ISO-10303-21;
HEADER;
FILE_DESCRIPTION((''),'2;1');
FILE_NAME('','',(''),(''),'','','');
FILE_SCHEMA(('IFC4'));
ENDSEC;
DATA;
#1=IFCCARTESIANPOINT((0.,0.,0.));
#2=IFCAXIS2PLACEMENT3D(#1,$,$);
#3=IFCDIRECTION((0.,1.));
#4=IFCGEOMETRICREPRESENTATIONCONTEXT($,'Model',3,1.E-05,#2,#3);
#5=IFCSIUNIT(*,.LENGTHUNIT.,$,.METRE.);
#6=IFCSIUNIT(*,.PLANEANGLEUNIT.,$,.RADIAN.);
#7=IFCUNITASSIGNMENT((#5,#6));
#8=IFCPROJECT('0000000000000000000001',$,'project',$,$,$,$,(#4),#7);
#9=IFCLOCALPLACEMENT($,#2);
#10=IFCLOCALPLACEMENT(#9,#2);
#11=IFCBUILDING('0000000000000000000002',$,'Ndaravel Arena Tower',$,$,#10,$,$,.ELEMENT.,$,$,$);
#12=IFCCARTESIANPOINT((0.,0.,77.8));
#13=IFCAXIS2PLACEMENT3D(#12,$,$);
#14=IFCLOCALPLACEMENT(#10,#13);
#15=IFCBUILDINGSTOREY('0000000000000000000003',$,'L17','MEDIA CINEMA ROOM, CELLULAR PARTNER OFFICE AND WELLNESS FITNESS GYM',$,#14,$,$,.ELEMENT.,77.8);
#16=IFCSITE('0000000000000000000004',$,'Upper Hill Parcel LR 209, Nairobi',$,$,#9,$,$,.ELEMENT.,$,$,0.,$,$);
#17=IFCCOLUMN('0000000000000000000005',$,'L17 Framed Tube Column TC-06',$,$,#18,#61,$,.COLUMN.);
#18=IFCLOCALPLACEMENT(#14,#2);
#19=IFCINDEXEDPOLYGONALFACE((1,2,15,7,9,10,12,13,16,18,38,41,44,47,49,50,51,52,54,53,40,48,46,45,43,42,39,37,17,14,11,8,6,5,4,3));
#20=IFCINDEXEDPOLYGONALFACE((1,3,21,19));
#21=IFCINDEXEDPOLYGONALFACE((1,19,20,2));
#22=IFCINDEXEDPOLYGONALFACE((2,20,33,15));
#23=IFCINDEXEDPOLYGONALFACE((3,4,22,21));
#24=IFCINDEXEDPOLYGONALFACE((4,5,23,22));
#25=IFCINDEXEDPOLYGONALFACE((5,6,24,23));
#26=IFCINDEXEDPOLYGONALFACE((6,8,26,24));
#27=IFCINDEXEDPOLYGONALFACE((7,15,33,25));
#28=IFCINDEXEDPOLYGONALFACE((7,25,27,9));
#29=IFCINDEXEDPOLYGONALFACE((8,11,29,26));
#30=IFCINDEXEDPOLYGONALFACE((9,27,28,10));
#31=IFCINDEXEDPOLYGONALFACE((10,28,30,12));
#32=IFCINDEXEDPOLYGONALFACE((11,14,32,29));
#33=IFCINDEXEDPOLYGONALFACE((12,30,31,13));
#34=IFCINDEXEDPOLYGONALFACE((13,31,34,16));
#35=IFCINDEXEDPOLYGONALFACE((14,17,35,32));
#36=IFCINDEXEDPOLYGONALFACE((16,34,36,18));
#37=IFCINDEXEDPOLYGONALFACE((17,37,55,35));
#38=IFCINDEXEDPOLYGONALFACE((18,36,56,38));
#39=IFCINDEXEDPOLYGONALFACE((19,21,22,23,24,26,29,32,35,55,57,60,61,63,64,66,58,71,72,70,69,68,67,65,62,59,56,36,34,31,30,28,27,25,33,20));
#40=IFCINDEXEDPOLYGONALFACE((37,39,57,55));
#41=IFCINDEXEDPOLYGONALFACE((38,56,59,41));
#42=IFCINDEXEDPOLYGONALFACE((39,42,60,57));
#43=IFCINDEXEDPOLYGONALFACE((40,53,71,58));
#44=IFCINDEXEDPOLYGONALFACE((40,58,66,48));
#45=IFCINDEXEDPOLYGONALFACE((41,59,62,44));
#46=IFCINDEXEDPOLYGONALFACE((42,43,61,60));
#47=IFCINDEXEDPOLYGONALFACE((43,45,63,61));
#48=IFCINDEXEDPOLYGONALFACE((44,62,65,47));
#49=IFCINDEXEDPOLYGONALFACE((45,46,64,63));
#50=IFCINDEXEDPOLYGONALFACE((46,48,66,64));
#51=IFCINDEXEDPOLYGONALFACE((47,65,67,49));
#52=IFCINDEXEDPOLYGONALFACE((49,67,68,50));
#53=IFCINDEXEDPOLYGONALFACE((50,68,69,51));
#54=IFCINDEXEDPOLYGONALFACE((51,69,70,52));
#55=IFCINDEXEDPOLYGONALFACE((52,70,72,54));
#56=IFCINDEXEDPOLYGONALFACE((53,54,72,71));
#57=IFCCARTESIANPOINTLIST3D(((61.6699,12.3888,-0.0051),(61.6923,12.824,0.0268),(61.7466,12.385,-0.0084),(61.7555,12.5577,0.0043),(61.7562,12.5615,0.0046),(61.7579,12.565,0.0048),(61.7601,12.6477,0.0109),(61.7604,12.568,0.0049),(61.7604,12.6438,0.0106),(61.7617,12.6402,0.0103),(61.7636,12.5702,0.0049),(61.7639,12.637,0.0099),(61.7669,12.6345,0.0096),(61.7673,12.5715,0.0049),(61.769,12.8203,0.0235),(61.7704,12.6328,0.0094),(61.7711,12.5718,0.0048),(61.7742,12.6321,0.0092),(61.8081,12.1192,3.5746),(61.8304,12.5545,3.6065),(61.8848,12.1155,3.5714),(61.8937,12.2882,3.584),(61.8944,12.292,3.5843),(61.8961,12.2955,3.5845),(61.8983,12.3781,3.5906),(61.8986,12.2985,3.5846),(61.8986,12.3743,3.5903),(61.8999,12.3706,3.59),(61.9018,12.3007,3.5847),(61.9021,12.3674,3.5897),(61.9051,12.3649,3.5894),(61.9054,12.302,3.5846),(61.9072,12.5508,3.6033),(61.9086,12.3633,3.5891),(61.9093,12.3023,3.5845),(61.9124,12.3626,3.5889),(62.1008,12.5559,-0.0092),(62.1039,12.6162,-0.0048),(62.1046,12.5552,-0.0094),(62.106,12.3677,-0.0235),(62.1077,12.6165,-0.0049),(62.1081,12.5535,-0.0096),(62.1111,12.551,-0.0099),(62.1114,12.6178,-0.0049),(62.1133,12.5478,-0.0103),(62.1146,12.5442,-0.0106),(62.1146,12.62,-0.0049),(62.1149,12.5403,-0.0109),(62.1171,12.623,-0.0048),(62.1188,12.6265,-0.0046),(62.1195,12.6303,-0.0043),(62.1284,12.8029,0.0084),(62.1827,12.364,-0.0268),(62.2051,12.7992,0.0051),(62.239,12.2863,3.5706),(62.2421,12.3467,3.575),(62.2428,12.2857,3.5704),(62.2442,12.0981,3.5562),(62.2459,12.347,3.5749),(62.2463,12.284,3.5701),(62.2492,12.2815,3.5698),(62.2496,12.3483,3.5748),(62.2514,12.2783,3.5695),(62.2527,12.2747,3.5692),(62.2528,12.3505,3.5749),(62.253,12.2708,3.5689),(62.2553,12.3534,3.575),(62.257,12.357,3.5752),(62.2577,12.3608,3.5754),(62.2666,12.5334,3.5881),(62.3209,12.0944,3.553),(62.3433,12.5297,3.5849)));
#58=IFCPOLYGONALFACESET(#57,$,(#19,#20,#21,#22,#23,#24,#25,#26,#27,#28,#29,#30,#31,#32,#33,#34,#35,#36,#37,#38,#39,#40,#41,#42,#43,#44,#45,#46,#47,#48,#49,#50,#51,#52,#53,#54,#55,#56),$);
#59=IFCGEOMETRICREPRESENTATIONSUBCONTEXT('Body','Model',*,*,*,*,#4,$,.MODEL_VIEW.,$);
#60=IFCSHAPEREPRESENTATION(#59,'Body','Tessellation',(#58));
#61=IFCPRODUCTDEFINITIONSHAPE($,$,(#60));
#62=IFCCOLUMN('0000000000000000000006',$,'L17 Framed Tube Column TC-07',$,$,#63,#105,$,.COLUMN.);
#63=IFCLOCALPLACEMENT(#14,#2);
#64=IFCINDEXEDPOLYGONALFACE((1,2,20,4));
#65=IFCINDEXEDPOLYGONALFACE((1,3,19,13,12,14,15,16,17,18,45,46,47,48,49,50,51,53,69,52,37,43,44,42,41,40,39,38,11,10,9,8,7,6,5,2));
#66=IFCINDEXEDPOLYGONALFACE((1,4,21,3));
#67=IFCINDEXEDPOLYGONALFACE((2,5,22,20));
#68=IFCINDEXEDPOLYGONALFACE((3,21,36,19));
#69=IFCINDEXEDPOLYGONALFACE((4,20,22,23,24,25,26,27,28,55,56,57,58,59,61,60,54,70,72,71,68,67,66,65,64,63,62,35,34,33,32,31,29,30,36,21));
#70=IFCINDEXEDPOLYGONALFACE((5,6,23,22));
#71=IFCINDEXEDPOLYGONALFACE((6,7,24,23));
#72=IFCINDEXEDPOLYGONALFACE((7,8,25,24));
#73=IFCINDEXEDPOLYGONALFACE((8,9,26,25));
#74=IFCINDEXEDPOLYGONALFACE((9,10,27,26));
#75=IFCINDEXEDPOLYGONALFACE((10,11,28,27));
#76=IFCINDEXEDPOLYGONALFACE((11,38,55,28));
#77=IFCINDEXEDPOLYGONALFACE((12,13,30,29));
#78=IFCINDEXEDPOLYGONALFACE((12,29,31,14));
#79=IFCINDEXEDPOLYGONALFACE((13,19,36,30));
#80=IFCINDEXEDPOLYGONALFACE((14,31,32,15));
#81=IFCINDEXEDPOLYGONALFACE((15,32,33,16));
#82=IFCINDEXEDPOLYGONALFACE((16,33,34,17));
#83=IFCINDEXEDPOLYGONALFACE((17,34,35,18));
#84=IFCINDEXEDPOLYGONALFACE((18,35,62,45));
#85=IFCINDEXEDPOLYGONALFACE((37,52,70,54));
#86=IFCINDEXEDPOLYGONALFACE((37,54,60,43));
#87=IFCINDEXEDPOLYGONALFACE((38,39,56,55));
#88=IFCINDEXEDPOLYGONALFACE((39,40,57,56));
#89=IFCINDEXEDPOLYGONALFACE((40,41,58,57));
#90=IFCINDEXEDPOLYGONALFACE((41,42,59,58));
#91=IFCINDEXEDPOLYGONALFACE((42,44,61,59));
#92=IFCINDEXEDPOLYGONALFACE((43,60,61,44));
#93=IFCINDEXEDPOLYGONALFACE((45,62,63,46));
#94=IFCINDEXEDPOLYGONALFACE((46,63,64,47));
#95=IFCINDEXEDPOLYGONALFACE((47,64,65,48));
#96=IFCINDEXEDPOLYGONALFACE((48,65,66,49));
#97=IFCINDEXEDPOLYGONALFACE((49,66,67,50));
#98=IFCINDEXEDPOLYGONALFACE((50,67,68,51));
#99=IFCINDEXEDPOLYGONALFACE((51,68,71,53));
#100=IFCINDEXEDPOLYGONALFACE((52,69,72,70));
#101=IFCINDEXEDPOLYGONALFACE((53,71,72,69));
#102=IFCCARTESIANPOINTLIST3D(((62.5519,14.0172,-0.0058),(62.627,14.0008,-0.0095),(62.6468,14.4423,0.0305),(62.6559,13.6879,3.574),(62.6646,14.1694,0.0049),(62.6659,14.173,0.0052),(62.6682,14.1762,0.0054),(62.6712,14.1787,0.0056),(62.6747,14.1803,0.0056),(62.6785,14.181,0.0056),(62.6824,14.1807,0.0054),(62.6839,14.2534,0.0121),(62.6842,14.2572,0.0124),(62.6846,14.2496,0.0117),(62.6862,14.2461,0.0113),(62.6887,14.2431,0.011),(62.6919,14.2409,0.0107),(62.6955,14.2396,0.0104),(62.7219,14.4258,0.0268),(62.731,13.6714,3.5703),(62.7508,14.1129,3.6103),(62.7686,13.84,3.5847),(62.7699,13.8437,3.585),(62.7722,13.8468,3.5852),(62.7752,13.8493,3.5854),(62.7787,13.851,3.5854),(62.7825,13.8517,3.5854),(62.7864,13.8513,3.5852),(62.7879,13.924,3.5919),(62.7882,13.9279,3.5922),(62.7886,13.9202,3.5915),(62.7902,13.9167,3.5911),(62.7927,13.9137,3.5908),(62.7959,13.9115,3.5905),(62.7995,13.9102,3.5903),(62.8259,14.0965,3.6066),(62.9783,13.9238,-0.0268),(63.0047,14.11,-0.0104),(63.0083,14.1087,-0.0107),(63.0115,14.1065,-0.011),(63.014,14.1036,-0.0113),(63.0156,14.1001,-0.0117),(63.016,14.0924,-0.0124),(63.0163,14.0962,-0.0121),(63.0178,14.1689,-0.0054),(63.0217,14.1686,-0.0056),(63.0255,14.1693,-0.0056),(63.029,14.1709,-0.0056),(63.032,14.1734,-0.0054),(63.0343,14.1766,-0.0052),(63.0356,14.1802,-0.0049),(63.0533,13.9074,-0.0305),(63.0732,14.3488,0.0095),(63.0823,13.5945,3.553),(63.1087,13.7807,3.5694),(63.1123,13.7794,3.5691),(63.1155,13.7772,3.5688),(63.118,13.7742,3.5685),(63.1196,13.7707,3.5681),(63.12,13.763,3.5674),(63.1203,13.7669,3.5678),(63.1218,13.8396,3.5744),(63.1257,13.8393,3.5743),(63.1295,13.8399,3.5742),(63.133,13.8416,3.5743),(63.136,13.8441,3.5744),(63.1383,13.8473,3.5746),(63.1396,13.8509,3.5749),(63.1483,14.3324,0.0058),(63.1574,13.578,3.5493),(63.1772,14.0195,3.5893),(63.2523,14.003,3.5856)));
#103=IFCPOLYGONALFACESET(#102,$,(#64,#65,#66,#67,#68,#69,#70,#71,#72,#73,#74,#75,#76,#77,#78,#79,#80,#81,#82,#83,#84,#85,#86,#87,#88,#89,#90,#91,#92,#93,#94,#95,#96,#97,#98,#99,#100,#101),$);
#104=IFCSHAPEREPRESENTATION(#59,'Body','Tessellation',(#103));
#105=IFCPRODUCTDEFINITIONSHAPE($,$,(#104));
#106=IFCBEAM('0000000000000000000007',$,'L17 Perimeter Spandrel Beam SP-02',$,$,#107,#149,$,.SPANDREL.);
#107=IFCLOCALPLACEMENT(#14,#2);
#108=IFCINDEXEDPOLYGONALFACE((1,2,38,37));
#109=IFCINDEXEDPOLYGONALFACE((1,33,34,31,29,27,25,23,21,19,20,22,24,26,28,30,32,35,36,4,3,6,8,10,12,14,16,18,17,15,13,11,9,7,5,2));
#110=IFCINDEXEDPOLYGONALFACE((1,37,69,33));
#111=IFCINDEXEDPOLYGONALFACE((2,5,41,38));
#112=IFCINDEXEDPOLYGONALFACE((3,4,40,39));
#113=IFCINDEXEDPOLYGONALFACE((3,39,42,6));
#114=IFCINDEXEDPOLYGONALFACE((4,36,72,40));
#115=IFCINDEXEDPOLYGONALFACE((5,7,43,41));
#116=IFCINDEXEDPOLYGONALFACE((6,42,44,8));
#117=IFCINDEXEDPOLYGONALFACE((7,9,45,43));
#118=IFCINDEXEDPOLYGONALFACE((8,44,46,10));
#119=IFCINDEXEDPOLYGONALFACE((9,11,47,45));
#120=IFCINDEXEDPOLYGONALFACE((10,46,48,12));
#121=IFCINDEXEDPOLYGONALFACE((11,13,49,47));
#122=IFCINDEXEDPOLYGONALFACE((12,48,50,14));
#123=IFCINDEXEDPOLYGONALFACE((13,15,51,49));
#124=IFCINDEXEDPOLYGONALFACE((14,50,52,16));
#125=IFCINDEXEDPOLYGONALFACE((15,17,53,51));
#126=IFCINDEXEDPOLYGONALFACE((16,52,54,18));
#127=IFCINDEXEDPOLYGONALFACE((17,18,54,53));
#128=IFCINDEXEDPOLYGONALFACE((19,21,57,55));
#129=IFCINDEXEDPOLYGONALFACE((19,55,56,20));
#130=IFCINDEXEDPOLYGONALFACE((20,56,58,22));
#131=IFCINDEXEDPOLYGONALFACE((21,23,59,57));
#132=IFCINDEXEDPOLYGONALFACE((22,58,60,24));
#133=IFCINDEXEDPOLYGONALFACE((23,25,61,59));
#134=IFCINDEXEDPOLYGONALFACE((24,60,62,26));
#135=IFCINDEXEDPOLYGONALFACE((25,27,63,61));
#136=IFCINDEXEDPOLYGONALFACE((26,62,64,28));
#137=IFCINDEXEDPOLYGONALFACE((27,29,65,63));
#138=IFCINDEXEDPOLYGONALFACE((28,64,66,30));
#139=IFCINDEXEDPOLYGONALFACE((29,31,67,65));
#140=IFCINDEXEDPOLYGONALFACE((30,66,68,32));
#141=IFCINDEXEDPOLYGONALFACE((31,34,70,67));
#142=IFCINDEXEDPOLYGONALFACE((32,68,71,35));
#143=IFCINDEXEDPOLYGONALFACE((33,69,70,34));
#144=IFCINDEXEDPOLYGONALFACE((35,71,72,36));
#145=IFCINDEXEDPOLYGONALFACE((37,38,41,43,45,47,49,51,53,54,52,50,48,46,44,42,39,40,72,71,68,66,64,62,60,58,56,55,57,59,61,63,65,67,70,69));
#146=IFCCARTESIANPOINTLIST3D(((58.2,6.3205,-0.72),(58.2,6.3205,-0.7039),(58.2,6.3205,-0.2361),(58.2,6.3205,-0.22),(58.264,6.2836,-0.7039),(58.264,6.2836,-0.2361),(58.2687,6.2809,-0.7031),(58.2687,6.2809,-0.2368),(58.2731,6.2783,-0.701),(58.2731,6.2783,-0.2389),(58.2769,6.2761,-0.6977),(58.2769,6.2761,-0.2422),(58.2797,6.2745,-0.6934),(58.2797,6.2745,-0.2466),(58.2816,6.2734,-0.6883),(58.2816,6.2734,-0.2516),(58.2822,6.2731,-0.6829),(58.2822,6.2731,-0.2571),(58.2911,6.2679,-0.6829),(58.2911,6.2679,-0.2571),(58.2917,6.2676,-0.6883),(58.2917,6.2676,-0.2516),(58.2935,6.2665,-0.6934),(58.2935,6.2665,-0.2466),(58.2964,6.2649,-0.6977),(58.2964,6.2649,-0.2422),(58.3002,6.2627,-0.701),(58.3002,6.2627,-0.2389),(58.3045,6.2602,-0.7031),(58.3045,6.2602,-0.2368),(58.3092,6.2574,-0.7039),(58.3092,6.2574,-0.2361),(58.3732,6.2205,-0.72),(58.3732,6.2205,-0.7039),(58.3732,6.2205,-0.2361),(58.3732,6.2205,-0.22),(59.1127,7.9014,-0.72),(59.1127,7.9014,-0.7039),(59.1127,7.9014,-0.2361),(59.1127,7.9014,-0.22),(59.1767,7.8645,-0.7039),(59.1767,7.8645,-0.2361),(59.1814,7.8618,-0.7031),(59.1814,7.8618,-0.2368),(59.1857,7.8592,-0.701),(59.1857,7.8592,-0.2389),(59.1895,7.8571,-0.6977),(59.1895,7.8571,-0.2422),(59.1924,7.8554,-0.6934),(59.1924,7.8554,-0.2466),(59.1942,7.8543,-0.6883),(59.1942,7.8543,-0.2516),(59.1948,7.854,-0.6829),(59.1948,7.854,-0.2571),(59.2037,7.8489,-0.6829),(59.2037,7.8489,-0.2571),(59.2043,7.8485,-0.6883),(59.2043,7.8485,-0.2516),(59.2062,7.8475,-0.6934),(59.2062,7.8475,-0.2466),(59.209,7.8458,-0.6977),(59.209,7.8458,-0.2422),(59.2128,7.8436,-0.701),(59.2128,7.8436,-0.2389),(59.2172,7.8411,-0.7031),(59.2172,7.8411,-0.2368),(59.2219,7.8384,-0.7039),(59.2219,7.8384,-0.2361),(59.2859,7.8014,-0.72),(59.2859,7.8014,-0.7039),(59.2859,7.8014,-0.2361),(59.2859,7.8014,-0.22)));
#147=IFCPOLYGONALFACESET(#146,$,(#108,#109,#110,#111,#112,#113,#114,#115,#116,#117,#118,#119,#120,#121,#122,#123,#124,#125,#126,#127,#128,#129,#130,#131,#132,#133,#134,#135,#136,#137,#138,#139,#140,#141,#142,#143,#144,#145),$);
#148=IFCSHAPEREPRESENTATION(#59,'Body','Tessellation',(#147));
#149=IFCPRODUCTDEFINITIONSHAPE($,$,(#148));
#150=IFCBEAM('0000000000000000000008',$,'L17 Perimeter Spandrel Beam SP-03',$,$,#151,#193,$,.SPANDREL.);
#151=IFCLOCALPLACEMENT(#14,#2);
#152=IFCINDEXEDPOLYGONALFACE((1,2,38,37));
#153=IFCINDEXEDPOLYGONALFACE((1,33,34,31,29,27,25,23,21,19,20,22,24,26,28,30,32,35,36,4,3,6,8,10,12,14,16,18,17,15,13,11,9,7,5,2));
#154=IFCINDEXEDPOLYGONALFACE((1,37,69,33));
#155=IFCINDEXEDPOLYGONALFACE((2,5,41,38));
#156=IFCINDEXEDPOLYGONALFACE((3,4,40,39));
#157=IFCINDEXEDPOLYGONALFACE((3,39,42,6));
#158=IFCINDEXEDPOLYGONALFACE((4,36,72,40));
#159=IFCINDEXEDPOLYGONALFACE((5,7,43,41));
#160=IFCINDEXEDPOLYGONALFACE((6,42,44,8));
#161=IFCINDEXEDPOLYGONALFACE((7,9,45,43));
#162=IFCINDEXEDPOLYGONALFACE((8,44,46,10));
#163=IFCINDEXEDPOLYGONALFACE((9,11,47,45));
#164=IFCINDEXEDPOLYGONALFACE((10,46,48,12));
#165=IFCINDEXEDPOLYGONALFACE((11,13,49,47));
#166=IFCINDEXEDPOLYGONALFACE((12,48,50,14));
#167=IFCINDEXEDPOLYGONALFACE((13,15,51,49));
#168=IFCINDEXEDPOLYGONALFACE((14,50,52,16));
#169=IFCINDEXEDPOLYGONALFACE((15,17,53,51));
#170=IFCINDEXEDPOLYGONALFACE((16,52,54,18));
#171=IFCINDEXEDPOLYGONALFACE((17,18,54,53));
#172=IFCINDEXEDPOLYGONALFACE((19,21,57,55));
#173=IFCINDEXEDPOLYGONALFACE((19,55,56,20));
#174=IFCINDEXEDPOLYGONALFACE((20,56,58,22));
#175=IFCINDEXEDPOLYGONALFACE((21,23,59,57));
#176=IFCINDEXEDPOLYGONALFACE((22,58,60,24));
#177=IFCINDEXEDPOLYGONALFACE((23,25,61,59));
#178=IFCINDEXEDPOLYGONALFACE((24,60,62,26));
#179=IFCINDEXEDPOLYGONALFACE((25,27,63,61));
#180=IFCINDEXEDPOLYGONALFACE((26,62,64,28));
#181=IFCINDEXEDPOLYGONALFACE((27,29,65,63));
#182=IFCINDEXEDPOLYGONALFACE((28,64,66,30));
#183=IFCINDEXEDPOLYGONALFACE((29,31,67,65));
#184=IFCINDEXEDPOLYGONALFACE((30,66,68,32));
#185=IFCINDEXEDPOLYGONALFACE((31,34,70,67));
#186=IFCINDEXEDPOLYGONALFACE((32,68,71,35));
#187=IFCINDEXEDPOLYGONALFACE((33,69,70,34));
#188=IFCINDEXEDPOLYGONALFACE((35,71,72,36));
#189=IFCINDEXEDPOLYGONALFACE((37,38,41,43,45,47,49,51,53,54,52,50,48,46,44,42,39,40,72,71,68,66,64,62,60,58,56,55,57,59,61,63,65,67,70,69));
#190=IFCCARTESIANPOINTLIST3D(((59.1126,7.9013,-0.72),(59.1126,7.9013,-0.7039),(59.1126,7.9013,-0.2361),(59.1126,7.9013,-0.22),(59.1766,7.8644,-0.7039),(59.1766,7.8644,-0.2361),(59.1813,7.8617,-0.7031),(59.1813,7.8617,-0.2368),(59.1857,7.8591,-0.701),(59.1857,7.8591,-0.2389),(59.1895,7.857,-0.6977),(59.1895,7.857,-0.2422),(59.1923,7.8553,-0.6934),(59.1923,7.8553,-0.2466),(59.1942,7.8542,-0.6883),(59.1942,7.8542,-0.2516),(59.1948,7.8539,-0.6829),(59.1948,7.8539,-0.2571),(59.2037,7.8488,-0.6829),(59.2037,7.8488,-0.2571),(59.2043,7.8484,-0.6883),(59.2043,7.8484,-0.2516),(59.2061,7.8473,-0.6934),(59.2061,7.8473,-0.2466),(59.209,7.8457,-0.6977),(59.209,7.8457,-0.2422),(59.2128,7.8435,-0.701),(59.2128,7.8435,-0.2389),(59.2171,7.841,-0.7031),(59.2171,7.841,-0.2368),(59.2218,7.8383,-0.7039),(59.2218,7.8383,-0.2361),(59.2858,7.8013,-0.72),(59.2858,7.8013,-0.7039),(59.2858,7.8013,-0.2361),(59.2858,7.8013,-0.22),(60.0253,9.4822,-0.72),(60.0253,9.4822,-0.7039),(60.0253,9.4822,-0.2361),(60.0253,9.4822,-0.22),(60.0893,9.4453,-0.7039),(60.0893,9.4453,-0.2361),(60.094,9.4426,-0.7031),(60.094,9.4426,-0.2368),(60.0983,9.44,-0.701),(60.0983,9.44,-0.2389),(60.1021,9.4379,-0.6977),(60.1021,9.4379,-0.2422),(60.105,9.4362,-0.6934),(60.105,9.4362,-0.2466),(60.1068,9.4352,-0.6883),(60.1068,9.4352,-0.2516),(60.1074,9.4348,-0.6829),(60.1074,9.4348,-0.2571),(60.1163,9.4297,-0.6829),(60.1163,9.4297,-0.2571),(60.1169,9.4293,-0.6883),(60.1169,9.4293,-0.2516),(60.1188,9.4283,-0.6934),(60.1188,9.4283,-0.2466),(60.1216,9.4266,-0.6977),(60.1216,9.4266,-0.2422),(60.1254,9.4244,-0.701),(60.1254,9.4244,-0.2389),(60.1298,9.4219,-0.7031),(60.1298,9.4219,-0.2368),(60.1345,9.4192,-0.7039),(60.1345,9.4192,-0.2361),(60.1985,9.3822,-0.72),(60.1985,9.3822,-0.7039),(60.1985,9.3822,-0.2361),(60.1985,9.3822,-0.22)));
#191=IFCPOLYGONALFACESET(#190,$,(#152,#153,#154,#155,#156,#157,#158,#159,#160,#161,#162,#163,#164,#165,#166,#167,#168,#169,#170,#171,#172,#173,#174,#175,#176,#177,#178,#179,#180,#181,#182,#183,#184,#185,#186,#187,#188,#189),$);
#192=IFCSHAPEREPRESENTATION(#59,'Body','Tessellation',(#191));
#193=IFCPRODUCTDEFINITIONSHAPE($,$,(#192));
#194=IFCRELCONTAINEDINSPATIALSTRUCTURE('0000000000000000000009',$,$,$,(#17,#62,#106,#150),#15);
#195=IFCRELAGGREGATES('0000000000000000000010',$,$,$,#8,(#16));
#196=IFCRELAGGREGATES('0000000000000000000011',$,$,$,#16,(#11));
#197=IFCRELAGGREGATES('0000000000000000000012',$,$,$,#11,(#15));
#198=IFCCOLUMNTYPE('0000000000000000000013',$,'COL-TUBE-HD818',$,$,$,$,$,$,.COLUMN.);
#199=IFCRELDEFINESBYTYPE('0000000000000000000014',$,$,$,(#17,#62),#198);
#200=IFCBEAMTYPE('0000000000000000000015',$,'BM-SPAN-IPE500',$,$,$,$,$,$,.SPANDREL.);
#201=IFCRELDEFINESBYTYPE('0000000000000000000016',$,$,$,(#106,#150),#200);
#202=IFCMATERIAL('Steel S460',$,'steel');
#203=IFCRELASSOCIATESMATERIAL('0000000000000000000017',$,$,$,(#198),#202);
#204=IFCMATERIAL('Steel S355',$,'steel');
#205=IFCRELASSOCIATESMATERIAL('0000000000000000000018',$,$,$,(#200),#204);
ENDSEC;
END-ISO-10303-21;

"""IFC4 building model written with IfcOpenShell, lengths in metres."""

from ifc_helpers import new_model, si_unit, direction, frame, origin, origin_2d, place, context, subcontext, project, spatial, i_section, extrude, material, material_profile, profile_set, type_object, element, save


model = new_model("IFC4")

# Units and contexts
model_context = context("Model", 3, precision=1e-05, world=origin(), true_north=direction((0.0, 1.0)))
body_context = subcontext(model_context, "Body", "Model", "MODEL_VIEW")
ifc_project = project(units=[si_unit("LENGTHUNIT", "METRE"), si_unit("PLANEANGLEUNIT", "RADIAN")], contexts=[model_context])

# Site, building, storey
site_placement = place(None, origin())
site = spatial("IfcSite", under=ifc_project, at=site_placement, Name="Upper Hill Parcel LR 209, Nairobi", CompositionType="ELEMENT", RefElevation=0.0)
building_placement = place(site_placement, origin())
building = spatial("IfcBuilding", under=site, at=building_placement, Name="Ndaravel Arena Tower", CompositionType="ELEMENT")
storey_placement = place(building_placement, frame((0.0, 0.0, 77.8)))
storey = spatial("IfcBuildingStorey", under=building, at=storey_placement, Name="L17", Description="MEDIA CINEMA ROOM, CELLULAR PARTNER OFFICE AND WELLNESS FITNESS GYM", CompositionType="ELEMENT", Elevation=77.8)

# Columns
ifc_material_1 = material(Name="Steel S460", Category="steel")
ifc_material_profile_1 = material_profile(ifc_material_1, i_section(OverallWidth=0.437, OverallDepth=0.5139, WebThickness=0.0605, FlangeThickness=0.0769, FilletRadius=0.0149, at=origin_2d()), Name="HD 400x818")
ifc_profile_set_1 = profile_set([ifc_material_profile_1], Name="Steel S460")
column_type = type_object("IfcColumnType", Name="COL-TUBE-HD818", PredefinedType="COLUMN", material=ifc_profile_set_1)
column_1_placement = place(storey_placement, frame((61.9375, 12.594, 0.0), z_axis=(0.038463, -0.075023, 0.99644), x_axis=(0.051244, 0.996014, 0.073013)))
element("IfcColumn", 1, at=column_1_placement, inside=storey, type_object=column_type, Name="L17 Framed Tube Column TC-06", PredefinedType="COLUMN", context=body_context, shape_type="SweptSolid", body=[
    extrude(i_section(OverallWidth=0.437, OverallDepth=0.5139, WebThickness=0.0605, FlangeThickness=0.0769, FilletRadius=0.0149, at=origin_2d()), origin(), (0.0, 0.0, 1.0), 3.5925),
])
column_2_placement = place(storey_placement, frame((62.8501, 14.1748, 0.0), z_axis=(0.028918, -0.091575, 0.995378), x_axis=(0.217209, 0.972576, 0.083167)))
element("IfcColumn", 2, at=column_2_placement, inside=storey, type_object=column_type, Name="L17 Framed Tube Column TC-07", PredefinedType="COLUMN", context=body_context, shape_type="SweptSolid", body=[
    extrude(i_section(OverallWidth=0.437, OverallDepth=0.5139, WebThickness=0.0605, FlangeThickness=0.0769, FilletRadius=0.0149, at=origin_2d()), origin(), (0.0, 0.0, 1.0), 3.5964),
])

# Beams
ifc_material_2 = material(Name="Steel S355", Category="steel")
ifc_material_profile_2 = material_profile(ifc_material_2, i_section(OverallWidth=0.2, OverallDepth=0.5, WebThickness=0.0103, FlangeThickness=0.0161, FilletRadius=0.021, at=origin_2d()), Name="IPE 500")
ifc_profile_set_2 = profile_set([ifc_material_profile_2], Name="Steel S355")
beam_type = type_object("IfcBeamType", Name="BM-SPAN-IPE500", PredefinedType="SPANDREL", material=ifc_profile_set_2)
for number, where, z_axis, x_axis, name in (
    (3, (58.2866, 6.2705, -0.47), (0.499966, 0.866045, 0.0), (-0.866045, 0.499966, 0.0), "L17 Perimeter Spandrel Beam SP-02"),
    (4, (59.1992, 7.8513, -0.47), (0.499966, 0.866045, 0.0), (-0.866045, 0.499966, 0.0), "L17 Perimeter Spandrel Beam SP-03"),
):
    element("IfcBeam", number, at=place(storey_placement, frame(where, z_axis=z_axis, x_axis=x_axis)), inside=storey, type_object=beam_type, Name=name, PredefinedType="SPANDREL", context=body_context, shape_type="SweptSolid", body=[
        extrude(i_section(OverallWidth=0.2, OverallDepth=0.5, WebThickness=0.0103, FlangeThickness=0.0161, FilletRadius=0.021, at=origin_2d()), origin(), (0.0, 0.0, 1.0), 1.8254),
    ])

save(model, "model.ifc")
